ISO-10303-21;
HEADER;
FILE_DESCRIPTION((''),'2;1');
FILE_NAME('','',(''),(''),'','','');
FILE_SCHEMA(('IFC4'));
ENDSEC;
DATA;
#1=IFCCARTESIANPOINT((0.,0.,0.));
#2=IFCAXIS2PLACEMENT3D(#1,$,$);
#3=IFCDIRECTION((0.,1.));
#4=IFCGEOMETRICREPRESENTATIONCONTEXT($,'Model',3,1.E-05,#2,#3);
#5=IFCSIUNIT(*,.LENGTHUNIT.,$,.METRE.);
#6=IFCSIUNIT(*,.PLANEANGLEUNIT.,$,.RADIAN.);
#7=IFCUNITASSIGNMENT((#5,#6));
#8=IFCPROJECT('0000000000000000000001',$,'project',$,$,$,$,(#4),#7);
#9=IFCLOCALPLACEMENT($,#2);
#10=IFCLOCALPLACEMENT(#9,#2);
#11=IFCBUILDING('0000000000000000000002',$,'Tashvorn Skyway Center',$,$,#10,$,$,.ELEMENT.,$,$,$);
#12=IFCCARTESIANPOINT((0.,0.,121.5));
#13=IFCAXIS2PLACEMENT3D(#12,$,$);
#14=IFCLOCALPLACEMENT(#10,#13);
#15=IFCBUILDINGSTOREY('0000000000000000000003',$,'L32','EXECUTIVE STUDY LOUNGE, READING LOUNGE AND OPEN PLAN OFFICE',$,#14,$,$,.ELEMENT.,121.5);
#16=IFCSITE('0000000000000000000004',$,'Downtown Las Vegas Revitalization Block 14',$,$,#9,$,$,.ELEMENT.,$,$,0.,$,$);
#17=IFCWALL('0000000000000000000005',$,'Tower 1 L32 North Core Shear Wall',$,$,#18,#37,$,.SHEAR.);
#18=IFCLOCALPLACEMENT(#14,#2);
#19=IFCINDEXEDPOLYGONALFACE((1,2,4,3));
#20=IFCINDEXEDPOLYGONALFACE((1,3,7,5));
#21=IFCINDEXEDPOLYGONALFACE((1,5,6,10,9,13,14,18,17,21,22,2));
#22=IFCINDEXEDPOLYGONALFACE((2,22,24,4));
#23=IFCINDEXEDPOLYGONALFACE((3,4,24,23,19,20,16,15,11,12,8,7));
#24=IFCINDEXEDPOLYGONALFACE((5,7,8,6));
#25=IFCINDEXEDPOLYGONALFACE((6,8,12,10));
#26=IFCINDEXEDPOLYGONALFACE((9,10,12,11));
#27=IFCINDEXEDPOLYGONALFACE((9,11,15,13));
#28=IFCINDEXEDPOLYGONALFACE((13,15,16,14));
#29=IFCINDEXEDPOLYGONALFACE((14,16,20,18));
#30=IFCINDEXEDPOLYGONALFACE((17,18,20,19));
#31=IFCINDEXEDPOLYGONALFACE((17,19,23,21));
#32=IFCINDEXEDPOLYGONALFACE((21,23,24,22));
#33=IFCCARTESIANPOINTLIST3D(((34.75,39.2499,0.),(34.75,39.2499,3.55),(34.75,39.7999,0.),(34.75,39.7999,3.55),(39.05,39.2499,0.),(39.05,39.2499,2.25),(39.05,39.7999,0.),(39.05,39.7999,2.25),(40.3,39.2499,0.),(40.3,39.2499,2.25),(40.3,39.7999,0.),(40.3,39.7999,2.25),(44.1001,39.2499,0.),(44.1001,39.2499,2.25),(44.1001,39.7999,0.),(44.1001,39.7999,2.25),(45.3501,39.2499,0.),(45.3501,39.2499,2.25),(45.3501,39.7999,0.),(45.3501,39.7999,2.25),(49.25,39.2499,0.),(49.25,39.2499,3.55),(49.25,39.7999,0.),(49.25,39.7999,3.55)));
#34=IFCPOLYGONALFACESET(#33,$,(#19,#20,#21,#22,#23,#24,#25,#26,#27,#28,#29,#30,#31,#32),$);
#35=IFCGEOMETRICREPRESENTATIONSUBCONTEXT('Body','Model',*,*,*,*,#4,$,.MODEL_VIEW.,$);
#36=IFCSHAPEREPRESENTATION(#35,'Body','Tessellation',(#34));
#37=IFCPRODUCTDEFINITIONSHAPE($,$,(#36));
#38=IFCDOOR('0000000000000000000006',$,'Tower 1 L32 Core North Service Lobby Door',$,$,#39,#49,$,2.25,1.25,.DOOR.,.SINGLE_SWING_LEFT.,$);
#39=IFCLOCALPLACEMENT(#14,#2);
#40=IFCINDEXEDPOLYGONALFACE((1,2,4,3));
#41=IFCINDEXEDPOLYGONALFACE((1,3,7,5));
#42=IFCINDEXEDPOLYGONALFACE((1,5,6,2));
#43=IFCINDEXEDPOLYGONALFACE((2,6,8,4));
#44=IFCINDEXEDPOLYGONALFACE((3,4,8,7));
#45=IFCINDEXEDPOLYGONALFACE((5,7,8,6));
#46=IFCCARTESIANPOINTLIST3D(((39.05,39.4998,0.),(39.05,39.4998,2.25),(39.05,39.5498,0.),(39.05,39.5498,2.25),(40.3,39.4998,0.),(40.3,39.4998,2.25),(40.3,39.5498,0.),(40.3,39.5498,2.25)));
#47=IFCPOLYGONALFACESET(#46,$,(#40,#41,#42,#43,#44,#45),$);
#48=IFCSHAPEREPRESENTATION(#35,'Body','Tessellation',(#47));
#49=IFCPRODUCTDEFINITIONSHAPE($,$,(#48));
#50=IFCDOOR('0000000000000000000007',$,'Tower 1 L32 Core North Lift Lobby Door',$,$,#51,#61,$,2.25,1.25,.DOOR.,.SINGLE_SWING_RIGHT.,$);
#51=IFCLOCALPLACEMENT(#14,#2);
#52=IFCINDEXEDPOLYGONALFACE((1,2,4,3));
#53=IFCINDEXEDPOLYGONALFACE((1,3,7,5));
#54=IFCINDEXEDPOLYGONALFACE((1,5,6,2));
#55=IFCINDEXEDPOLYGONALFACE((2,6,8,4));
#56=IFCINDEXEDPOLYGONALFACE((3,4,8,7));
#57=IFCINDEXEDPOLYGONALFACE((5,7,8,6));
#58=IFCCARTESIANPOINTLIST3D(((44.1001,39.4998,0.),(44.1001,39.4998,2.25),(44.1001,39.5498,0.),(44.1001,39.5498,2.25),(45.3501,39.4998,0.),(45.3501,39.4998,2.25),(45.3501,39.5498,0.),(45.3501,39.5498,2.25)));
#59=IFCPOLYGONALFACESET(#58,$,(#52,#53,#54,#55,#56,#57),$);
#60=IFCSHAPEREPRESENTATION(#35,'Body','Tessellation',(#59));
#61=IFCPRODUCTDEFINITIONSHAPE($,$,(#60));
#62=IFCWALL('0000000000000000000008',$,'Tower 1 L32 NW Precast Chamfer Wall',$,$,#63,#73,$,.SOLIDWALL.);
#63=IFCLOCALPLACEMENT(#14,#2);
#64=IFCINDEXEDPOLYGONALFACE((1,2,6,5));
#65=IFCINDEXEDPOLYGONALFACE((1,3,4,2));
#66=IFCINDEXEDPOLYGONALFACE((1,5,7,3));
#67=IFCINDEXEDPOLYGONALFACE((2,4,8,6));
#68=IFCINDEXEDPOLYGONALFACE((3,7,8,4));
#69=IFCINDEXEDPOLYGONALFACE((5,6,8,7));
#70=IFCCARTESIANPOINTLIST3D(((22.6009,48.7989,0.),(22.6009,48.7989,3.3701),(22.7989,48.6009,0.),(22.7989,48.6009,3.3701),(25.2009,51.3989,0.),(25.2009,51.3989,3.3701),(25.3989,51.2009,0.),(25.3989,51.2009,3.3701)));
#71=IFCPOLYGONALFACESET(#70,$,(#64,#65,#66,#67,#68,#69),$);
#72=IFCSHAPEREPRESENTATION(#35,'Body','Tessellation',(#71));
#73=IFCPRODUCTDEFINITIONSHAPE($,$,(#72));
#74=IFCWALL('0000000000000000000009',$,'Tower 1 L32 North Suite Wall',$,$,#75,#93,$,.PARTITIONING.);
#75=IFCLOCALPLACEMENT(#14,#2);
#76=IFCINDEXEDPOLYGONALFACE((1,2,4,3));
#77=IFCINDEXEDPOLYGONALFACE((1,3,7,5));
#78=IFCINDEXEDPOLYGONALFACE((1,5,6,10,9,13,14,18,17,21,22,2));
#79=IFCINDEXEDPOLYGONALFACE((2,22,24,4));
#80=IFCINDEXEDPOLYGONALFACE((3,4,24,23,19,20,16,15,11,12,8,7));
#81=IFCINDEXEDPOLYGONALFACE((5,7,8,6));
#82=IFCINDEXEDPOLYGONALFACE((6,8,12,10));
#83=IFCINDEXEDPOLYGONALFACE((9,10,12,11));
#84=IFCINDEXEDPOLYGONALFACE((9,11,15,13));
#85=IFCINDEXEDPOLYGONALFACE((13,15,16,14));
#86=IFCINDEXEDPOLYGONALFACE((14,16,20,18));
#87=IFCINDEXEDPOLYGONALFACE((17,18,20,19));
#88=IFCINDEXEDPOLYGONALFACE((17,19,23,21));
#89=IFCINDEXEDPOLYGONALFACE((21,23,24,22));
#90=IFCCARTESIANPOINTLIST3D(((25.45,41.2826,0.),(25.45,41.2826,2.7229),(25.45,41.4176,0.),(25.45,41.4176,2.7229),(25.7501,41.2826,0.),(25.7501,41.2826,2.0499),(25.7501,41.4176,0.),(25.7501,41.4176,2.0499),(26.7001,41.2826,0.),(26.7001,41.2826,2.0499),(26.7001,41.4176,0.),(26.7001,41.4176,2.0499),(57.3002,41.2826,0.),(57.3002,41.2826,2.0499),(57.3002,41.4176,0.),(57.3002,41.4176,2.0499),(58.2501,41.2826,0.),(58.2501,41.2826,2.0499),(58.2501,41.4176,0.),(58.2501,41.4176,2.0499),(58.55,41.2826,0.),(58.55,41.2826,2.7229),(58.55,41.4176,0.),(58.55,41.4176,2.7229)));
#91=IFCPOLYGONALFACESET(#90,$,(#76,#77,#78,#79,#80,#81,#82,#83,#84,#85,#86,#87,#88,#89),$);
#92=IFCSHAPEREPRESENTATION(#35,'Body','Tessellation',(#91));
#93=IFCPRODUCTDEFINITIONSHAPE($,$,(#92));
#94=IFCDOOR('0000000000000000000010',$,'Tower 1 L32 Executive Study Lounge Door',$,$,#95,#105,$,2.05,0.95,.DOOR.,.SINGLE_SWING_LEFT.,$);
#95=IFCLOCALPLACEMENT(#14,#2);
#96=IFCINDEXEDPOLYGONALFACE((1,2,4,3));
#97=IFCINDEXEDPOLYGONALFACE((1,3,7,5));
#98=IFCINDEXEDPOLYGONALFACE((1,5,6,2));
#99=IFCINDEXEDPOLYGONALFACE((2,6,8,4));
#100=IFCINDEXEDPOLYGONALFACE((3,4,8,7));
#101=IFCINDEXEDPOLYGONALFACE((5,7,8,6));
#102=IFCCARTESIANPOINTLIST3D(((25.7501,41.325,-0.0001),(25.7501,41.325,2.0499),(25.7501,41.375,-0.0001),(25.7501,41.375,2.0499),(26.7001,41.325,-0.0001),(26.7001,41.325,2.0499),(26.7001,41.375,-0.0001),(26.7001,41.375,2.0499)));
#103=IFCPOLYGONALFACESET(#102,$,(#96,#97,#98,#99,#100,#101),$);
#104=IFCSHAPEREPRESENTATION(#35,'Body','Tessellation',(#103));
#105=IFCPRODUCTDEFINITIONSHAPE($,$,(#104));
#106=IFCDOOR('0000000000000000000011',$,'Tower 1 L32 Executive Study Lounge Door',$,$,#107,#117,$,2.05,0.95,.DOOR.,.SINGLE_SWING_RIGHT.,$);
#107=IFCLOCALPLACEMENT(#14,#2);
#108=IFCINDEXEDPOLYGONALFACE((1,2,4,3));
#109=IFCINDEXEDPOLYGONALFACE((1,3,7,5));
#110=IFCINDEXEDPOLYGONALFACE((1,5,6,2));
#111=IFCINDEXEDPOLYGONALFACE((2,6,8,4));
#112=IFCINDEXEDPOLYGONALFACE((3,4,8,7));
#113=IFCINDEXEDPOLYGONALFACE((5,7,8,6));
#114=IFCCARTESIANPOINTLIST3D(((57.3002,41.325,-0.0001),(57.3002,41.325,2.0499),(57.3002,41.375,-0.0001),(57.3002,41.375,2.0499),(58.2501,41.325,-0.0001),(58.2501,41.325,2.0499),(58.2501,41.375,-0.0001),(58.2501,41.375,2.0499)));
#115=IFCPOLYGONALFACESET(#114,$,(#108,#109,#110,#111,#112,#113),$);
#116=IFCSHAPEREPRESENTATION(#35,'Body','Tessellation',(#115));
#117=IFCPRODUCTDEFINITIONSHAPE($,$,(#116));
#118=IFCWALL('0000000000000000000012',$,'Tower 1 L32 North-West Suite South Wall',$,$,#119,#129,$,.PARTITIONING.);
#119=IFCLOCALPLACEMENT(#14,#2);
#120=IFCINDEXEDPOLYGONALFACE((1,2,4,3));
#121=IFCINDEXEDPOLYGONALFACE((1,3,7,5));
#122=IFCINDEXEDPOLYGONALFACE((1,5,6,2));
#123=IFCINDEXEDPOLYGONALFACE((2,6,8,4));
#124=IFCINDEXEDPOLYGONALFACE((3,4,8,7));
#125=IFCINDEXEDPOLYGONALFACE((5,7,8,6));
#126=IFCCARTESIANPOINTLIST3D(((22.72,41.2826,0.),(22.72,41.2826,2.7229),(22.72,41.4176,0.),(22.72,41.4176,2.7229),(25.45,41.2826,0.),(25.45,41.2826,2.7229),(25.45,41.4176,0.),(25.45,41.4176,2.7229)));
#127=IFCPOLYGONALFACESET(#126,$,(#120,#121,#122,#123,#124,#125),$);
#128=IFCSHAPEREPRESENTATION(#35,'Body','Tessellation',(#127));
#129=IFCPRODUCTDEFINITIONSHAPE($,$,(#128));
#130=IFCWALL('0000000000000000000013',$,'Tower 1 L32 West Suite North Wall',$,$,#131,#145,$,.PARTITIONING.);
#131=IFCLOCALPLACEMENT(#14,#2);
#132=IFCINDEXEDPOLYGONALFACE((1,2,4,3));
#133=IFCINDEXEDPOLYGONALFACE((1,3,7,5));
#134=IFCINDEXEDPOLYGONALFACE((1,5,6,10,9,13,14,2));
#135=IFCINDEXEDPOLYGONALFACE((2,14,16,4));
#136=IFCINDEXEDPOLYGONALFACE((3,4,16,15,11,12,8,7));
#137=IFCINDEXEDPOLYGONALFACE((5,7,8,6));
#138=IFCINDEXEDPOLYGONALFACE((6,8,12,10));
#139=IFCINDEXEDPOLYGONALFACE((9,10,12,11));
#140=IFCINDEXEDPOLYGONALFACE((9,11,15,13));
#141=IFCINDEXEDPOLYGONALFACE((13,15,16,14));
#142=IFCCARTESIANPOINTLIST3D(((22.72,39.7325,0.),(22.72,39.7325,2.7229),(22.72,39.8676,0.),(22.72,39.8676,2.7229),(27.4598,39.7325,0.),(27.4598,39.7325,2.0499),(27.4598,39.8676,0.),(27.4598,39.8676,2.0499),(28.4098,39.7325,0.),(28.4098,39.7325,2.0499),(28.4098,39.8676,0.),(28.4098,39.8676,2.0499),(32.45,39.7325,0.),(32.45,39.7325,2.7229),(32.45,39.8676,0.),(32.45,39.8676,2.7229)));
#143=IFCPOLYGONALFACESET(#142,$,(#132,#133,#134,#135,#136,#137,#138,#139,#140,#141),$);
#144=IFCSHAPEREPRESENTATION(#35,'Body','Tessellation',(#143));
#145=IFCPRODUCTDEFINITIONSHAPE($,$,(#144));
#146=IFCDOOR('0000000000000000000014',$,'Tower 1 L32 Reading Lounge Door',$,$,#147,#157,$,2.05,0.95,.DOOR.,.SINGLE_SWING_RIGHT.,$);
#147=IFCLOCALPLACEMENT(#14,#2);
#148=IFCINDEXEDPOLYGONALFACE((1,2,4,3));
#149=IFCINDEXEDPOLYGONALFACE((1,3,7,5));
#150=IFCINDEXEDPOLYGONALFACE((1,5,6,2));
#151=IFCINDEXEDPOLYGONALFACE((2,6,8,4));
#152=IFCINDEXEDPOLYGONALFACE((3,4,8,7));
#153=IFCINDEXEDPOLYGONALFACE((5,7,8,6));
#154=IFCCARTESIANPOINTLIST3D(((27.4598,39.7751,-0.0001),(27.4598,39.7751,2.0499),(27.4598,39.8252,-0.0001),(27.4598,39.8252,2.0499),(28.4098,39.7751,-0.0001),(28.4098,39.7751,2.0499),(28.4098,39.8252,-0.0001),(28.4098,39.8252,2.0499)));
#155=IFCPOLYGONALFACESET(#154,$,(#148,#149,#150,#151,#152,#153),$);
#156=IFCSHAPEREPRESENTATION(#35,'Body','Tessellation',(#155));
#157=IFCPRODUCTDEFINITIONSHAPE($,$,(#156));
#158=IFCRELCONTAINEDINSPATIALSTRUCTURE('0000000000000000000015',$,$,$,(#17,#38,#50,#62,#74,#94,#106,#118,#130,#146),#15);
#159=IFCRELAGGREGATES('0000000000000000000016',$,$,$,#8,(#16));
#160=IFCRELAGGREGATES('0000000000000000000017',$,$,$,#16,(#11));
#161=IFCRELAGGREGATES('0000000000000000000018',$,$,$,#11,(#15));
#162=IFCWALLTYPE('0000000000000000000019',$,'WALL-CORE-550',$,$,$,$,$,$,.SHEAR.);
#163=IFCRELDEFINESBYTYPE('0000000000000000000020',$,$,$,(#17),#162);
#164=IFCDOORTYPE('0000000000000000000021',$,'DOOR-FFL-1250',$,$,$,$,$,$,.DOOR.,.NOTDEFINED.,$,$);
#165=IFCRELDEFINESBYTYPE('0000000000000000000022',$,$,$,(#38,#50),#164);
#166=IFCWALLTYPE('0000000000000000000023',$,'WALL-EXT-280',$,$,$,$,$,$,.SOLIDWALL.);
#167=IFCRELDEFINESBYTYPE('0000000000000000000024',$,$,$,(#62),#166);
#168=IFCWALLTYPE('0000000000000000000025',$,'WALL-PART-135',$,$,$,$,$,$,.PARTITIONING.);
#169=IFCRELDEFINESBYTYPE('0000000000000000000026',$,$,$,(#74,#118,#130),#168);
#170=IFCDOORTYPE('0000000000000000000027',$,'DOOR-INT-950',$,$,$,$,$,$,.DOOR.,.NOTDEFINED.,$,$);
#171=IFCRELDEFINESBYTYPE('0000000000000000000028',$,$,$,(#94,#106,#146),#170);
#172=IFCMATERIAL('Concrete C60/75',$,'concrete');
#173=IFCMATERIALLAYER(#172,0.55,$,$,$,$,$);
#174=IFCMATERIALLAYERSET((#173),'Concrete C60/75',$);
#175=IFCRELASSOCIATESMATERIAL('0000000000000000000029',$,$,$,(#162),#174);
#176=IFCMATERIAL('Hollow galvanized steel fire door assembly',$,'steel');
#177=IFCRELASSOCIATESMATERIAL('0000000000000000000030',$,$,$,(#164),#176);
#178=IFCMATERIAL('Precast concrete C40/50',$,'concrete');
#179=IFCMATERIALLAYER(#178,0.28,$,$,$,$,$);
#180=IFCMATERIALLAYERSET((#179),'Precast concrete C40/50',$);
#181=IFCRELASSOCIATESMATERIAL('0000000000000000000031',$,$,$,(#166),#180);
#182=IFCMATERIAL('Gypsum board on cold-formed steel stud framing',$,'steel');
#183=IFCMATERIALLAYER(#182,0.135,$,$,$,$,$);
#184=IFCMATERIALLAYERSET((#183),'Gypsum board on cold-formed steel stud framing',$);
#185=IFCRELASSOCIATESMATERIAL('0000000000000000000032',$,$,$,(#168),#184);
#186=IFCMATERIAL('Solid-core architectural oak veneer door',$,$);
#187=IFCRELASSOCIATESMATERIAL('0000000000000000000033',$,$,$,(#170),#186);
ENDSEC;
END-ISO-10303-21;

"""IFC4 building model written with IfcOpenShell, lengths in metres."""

from ifc_helpers import new_model, si_unit, direction, frame, frame_2d, origin, place, context, subcontext, project, spatial, rectangle, extrude, material, layer, layer_set, type_object, element, fill, save


model = new_model("IFC4")

# Units and contexts
model_context = context("Model", 3, precision=1e-05, world=origin(), true_north=direction((0.0, 1.0)))
body_context = subcontext(model_context, "Body", "Model", "MODEL_VIEW")
ifc_project = project(units=[si_unit("LENGTHUNIT", "METRE"), si_unit("PLANEANGLEUNIT", "RADIAN")], contexts=[model_context])

# Site, building, storey
site_placement = place(None, origin())
site = spatial("IfcSite", under=ifc_project, at=site_placement, Name="Downtown Las Vegas Revitalization Block 14", CompositionType="ELEMENT", RefElevation=0.0)
building_placement = place(site_placement, origin())
building = spatial("IfcBuilding", under=site, at=building_placement, Name="Tashvorn Skyway Center", CompositionType="ELEMENT")
storey_placement = place(building_placement, frame((0.0, 0.0, 121.5)))
storey = spatial("IfcBuildingStorey", under=building, at=storey_placement, Name="L32", Description="EXECUTIVE STUDY LOUNGE, READING LOUNGE AND OPEN PLAN OFFICE", CompositionType="ELEMENT", Elevation=121.5)

# Wall, openings, doors
ifc_material_1 = material(Name="Concrete C60/75", Category="concrete")
ifc_layer_1 = layer(ifc_material_1, 0.55)
ifc_layer_set_1 = layer_set([ifc_layer_1], Name="Concrete C60/75")
wall_type_1 = type_object("IfcWallType", Name="WALL-CORE-550", PredefinedType="SHEAR", material=ifc_layer_set_1)
wall_1_placement = place(storey_placement, frame((34.75, 39.5249, 0.0), z_axis=(0.0, 0.0, 1.0), x_axis=(1.0, 0.0, 0.0)))
wall_1 = element("IfcWall", 1, at=wall_1_placement, inside=storey, type_object=wall_type_1, Name="Tower 1 L32 North Core Shear Wall", PredefinedType="SHEAR", context=body_context, shape_type="SweptSolid", body=[
    extrude(rectangle(XDim=14.5, YDim=0.55, at=frame_2d((7.25, 0.0))), origin(), (0.0, 0.0, 1.0), 3.55),
])
opening_1_placement = place(wall_1_placement, frame((4.3, 0.0, 0.0)))
opening_1 = element("IfcOpeningElement", 2, at=opening_1_placement, cuts=wall_1, PredefinedType="OPENING", context=body_context, shape_type="SweptSolid", body=[
    extrude(rectangle(XDim=1.25, YDim=2.25, at=frame_2d((0.625, 1.125))), frame((0.0, 0.2849, 0.0), z_axis=(0.0, -1.0, 0.0), x_axis=(1.0, 0.0, 0.0)), (0.0, 0.0, 1.0), 0.5701),
])
opening_2_placement = place(wall_1_placement, frame((9.3501, 0.0, 0.0)))
opening_2 = element("IfcOpeningElement", 3, at=opening_2_placement, cuts=wall_1, PredefinedType="OPENING", context=body_context, shape_type="SweptSolid", body=[
    extrude(rectangle(XDim=1.25, YDim=2.25, at=frame_2d((0.625, 1.125))), frame((0.0, 0.2849, 0.0), z_axis=(0.0, -1.0, 0.0), x_axis=(1.0, 0.0, 0.0)), (0.0, 0.0, 1.0), 0.5701),
])
ifc_material_2 = material(Name="Hollow galvanized steel fire door assembly", Category="steel")
door_type_1 = type_object("IfcDoorType", Name="DOOR-FFL-1250", OperationType="NOTDEFINED", PredefinedType="DOOR", material=ifc_material_2)
door_1_placement = place(opening_1_placement, origin())
door_1 = element("IfcDoor", 4, at=door_1_placement, inside=storey, type_object=door_type_1, Name="Tower 1 L32 Core North Service Lobby Door", OperationType="SINGLE_SWING_LEFT", OverallHeight=2.25, OverallWidth=1.25, PredefinedType="DOOR", context=body_context, shape_type="SweptSolid", body=[
    extrude(rectangle(XDim=1.25, YDim=2.25, at=frame_2d((0.625, 1.125))), frame((0.0, 0.0249, 0.0), z_axis=(0.0, -1.0, 0.0), x_axis=(1.0, 0.0, 0.0)), (0.0, 0.0, 1.0), 0.05),
])
fill(opening_1, door_1)
door_2_placement = place(opening_2_placement, origin())
door_2 = element("IfcDoor", 5, at=door_2_placement, inside=storey, type_object=door_type_1, Name="Tower 1 L32 Core North Lift Lobby Door", OperationType="SINGLE_SWING_RIGHT", OverallHeight=2.25, OverallWidth=1.25, PredefinedType="DOOR", context=body_context, shape_type="SweptSolid", body=[
    extrude(rectangle(XDim=1.25, YDim=2.25, at=frame_2d((0.625, 1.125))), frame((0.0, 0.0249, 0.0), z_axis=(0.0, -1.0, 0.0), x_axis=(1.0, 0.0, 0.0)), (0.0, 0.0, 1.0), 0.05),
])
fill(opening_2, door_2)

# Wall
ifc_material_3 = material(Name="Precast concrete C40/50", Category="concrete")
ifc_layer_2 = layer(ifc_material_3, 0.28)
ifc_layer_set_2 = layer_set([ifc_layer_2], Name="Precast concrete C40/50")
wall_type_2 = type_object("IfcWallType", Name="WALL-EXT-280", PredefinedType="SOLIDWALL", material=ifc_layer_set_2)
wall_2_placement = place(storey_placement, frame((22.7, 48.7, 0.0), z_axis=(0.0, 0.0, 1.0), x_axis=(0.707107, 0.707107, 0.0)))
element("IfcWall", 6, at=wall_2_placement, inside=storey, type_object=wall_type_2, Name="Tower 1 L32 NW Precast Chamfer Wall", PredefinedType="SOLIDWALL", context=body_context, shape_type="SweptSolid", body=[
    extrude(rectangle(XDim=3.677, YDim=0.28, at=frame_2d((1.8384, 0.0))), origin(), (0.0, 0.0, 1.0), 3.3701),
])

# Wall, openings, doors
ifc_material_4 = material(Name="Gypsum board on cold-formed steel stud framing", Category="steel")
ifc_layer_3 = layer(ifc_material_4, 0.135)
ifc_layer_set_3 = layer_set([ifc_layer_3], Name="Gypsum board on cold-formed steel stud framing")
wall_type_3 = type_object("IfcWallType", Name="WALL-PART-135", PredefinedType="PARTITIONING", material=ifc_layer_set_3)
wall_3_placement = place(storey_placement, frame((25.45, 41.3501, 0.0), z_axis=(0.0, 0.0, 1.0), x_axis=(1.0, 0.0, 0.0)))
wall_3 = element("IfcWall", 7, at=wall_3_placement, inside=storey, type_object=wall_type_3, Name="Tower 1 L32 North Suite Wall", PredefinedType="PARTITIONING", context=body_context, shape_type="SweptSolid", body=[
    extrude(rectangle(XDim=33.1001, YDim=0.135, at=frame_2d((16.55, 0.0))), origin(), (0.0, 0.0, 1.0), 2.7229),
])
opening_3_placement = place(wall_3_placement, frame((0.3, 0.0, 0.0)))
opening_3 = element("IfcOpeningElement", 8, at=opening_3_placement, cuts=wall_3, PredefinedType="OPENING", context=body_context, shape_type="SweptSolid", body=[
    extrude(rectangle(XDim=0.95, YDim=2.05, at=frame_2d((0.4751, 1.0249))), frame((0.0, 0.0774, 0.0), z_axis=(0.0, -1.0, 0.0), x_axis=(1.0, 0.0, 0.0)), (0.0, 0.0, 1.0), 0.155),
])
opening_4_placement = place(wall_3_placement, frame((31.8501, 0.0, 0.0)))
opening_4 = element("IfcOpeningElement", 9, at=opening_4_placement, cuts=wall_3, PredefinedType="OPENING", context=body_context, shape_type="SweptSolid", body=[
    extrude(rectangle(XDim=0.95, YDim=2.05, at=frame_2d((0.4751, 1.0249))), frame((0.0, 0.0774, 0.0), z_axis=(0.0, -1.0, 0.0), x_axis=(1.0, 0.0, 0.0)), (0.0, 0.0, 1.0), 0.155),
])
ifc_material_5 = material(Name="Solid-core architectural oak veneer door")
door_type_2 = type_object("IfcDoorType", Name="DOOR-INT-950", OperationType="NOTDEFINED", PredefinedType="DOOR", material=ifc_material_5)
door_3_placement = place(opening_3_placement, origin())
door_3 = element("IfcDoor", 10, at=door_3_placement, inside=storey, type_object=door_type_2, Name="Tower 1 L32 Executive Study Lounge Door", OperationType="SINGLE_SWING_LEFT", OverallHeight=2.05, OverallWidth=0.95, PredefinedType="DOOR", context=body_context, shape_type="SweptSolid", body=[
    extrude(rectangle(XDim=0.95, YDim=2.05, at=frame_2d((0.4751, 1.0249))), frame((0.0, 0.0249, 0.0), z_axis=(0.0, -1.0, 0.0), x_axis=(1.0, 0.0, 0.0)), (0.0, 0.0, 1.0), 0.05),
])
fill(opening_3, door_3)
door_4_placement = place(opening_4_placement, origin())
door_4 = element("IfcDoor", 11, at=door_4_placement, inside=storey, type_object=door_type_2, Name="Tower 1 L32 Executive Study Lounge Door", OperationType="SINGLE_SWING_RIGHT", OverallHeight=2.05, OverallWidth=0.95, PredefinedType="DOOR", context=body_context, shape_type="SweptSolid", body=[
    extrude(rectangle(XDim=0.95, YDim=2.05, at=frame_2d((0.4751, 1.0249))), frame((0.0, 0.0249, 0.0), z_axis=(0.0, -1.0, 0.0), x_axis=(1.0, 0.0, 0.0)), (0.0, 0.0, 1.0), 0.05),
])
fill(opening_4, door_4)

# Wall
wall_4_placement = place(storey_placement, frame((22.72, 41.3501, 0.0), z_axis=(0.0, 0.0, 1.0), x_axis=(1.0, 0.0, 0.0)))
element("IfcWall", 12, at=wall_4_placement, inside=storey, type_object=wall_type_3, Name="Tower 1 L32 North-West Suite South Wall", PredefinedType="PARTITIONING", context=body_context, shape_type="SweptSolid", body=[
    extrude(rectangle(XDim=2.73, YDim=0.135, at=frame_2d((1.365, 0.0))), origin(), (0.0, 0.0, 1.0), 2.7229),
])

# Wall, opening, door
wall_5_placement = place(storey_placement, frame((32.45, 39.8, 0.0), z_axis=(0.0, 0.0, 1.0), x_axis=(-1.0, 0.0, 0.0)))
wall_5 = element("IfcWall", 13, at=wall_5_placement, inside=storey, type_object=wall_type_3, Name="Tower 1 L32 West Suite North Wall", PredefinedType="PARTITIONING", context=body_context, shape_type="SweptSolid", body=[
    extrude(rectangle(XDim=9.73, YDim=0.135, at=frame_2d((4.865, 0.0))), origin(), (0.0, 0.0, 1.0), 2.7229),
])
opening_5_placement = place(wall_5_placement, frame((4.04, 0.0, 0.0)))
opening_5 = element("IfcOpeningElement", 14, at=opening_5_placement, cuts=wall_5, PredefinedType="OPENING", context=body_context, shape_type="SweptSolid", body=[
    extrude(rectangle(XDim=0.95, YDim=2.05, at=frame_2d((0.4751, 1.0249))), frame((0.0, 0.0774, 0.0), z_axis=(0.0, -1.0, 0.0), x_axis=(1.0, 0.0, 0.0)), (0.0, 0.0, 1.0), 0.155),
])
door_5_placement = place(opening_5_placement, origin())
door_5 = element("IfcDoor", 15, at=door_5_placement, inside=storey, type_object=door_type_2, Name="Tower 1 L32 Reading Lounge Door", OperationType="SINGLE_SWING_RIGHT", OverallHeight=2.05, OverallWidth=0.95, PredefinedType="DOOR", context=body_context, shape_type="SweptSolid", body=[
    extrude(rectangle(XDim=0.95, YDim=2.05, at=frame_2d((0.4751, 1.0249))), frame((0.0, 0.0249, 0.0), z_axis=(0.0, -1.0, 0.0), x_axis=(1.0, 0.0, 0.0)), (0.0, 0.0, 1.0), 0.05),
])
fill(opening_5, door_5)

save(model, "model.ifc")
